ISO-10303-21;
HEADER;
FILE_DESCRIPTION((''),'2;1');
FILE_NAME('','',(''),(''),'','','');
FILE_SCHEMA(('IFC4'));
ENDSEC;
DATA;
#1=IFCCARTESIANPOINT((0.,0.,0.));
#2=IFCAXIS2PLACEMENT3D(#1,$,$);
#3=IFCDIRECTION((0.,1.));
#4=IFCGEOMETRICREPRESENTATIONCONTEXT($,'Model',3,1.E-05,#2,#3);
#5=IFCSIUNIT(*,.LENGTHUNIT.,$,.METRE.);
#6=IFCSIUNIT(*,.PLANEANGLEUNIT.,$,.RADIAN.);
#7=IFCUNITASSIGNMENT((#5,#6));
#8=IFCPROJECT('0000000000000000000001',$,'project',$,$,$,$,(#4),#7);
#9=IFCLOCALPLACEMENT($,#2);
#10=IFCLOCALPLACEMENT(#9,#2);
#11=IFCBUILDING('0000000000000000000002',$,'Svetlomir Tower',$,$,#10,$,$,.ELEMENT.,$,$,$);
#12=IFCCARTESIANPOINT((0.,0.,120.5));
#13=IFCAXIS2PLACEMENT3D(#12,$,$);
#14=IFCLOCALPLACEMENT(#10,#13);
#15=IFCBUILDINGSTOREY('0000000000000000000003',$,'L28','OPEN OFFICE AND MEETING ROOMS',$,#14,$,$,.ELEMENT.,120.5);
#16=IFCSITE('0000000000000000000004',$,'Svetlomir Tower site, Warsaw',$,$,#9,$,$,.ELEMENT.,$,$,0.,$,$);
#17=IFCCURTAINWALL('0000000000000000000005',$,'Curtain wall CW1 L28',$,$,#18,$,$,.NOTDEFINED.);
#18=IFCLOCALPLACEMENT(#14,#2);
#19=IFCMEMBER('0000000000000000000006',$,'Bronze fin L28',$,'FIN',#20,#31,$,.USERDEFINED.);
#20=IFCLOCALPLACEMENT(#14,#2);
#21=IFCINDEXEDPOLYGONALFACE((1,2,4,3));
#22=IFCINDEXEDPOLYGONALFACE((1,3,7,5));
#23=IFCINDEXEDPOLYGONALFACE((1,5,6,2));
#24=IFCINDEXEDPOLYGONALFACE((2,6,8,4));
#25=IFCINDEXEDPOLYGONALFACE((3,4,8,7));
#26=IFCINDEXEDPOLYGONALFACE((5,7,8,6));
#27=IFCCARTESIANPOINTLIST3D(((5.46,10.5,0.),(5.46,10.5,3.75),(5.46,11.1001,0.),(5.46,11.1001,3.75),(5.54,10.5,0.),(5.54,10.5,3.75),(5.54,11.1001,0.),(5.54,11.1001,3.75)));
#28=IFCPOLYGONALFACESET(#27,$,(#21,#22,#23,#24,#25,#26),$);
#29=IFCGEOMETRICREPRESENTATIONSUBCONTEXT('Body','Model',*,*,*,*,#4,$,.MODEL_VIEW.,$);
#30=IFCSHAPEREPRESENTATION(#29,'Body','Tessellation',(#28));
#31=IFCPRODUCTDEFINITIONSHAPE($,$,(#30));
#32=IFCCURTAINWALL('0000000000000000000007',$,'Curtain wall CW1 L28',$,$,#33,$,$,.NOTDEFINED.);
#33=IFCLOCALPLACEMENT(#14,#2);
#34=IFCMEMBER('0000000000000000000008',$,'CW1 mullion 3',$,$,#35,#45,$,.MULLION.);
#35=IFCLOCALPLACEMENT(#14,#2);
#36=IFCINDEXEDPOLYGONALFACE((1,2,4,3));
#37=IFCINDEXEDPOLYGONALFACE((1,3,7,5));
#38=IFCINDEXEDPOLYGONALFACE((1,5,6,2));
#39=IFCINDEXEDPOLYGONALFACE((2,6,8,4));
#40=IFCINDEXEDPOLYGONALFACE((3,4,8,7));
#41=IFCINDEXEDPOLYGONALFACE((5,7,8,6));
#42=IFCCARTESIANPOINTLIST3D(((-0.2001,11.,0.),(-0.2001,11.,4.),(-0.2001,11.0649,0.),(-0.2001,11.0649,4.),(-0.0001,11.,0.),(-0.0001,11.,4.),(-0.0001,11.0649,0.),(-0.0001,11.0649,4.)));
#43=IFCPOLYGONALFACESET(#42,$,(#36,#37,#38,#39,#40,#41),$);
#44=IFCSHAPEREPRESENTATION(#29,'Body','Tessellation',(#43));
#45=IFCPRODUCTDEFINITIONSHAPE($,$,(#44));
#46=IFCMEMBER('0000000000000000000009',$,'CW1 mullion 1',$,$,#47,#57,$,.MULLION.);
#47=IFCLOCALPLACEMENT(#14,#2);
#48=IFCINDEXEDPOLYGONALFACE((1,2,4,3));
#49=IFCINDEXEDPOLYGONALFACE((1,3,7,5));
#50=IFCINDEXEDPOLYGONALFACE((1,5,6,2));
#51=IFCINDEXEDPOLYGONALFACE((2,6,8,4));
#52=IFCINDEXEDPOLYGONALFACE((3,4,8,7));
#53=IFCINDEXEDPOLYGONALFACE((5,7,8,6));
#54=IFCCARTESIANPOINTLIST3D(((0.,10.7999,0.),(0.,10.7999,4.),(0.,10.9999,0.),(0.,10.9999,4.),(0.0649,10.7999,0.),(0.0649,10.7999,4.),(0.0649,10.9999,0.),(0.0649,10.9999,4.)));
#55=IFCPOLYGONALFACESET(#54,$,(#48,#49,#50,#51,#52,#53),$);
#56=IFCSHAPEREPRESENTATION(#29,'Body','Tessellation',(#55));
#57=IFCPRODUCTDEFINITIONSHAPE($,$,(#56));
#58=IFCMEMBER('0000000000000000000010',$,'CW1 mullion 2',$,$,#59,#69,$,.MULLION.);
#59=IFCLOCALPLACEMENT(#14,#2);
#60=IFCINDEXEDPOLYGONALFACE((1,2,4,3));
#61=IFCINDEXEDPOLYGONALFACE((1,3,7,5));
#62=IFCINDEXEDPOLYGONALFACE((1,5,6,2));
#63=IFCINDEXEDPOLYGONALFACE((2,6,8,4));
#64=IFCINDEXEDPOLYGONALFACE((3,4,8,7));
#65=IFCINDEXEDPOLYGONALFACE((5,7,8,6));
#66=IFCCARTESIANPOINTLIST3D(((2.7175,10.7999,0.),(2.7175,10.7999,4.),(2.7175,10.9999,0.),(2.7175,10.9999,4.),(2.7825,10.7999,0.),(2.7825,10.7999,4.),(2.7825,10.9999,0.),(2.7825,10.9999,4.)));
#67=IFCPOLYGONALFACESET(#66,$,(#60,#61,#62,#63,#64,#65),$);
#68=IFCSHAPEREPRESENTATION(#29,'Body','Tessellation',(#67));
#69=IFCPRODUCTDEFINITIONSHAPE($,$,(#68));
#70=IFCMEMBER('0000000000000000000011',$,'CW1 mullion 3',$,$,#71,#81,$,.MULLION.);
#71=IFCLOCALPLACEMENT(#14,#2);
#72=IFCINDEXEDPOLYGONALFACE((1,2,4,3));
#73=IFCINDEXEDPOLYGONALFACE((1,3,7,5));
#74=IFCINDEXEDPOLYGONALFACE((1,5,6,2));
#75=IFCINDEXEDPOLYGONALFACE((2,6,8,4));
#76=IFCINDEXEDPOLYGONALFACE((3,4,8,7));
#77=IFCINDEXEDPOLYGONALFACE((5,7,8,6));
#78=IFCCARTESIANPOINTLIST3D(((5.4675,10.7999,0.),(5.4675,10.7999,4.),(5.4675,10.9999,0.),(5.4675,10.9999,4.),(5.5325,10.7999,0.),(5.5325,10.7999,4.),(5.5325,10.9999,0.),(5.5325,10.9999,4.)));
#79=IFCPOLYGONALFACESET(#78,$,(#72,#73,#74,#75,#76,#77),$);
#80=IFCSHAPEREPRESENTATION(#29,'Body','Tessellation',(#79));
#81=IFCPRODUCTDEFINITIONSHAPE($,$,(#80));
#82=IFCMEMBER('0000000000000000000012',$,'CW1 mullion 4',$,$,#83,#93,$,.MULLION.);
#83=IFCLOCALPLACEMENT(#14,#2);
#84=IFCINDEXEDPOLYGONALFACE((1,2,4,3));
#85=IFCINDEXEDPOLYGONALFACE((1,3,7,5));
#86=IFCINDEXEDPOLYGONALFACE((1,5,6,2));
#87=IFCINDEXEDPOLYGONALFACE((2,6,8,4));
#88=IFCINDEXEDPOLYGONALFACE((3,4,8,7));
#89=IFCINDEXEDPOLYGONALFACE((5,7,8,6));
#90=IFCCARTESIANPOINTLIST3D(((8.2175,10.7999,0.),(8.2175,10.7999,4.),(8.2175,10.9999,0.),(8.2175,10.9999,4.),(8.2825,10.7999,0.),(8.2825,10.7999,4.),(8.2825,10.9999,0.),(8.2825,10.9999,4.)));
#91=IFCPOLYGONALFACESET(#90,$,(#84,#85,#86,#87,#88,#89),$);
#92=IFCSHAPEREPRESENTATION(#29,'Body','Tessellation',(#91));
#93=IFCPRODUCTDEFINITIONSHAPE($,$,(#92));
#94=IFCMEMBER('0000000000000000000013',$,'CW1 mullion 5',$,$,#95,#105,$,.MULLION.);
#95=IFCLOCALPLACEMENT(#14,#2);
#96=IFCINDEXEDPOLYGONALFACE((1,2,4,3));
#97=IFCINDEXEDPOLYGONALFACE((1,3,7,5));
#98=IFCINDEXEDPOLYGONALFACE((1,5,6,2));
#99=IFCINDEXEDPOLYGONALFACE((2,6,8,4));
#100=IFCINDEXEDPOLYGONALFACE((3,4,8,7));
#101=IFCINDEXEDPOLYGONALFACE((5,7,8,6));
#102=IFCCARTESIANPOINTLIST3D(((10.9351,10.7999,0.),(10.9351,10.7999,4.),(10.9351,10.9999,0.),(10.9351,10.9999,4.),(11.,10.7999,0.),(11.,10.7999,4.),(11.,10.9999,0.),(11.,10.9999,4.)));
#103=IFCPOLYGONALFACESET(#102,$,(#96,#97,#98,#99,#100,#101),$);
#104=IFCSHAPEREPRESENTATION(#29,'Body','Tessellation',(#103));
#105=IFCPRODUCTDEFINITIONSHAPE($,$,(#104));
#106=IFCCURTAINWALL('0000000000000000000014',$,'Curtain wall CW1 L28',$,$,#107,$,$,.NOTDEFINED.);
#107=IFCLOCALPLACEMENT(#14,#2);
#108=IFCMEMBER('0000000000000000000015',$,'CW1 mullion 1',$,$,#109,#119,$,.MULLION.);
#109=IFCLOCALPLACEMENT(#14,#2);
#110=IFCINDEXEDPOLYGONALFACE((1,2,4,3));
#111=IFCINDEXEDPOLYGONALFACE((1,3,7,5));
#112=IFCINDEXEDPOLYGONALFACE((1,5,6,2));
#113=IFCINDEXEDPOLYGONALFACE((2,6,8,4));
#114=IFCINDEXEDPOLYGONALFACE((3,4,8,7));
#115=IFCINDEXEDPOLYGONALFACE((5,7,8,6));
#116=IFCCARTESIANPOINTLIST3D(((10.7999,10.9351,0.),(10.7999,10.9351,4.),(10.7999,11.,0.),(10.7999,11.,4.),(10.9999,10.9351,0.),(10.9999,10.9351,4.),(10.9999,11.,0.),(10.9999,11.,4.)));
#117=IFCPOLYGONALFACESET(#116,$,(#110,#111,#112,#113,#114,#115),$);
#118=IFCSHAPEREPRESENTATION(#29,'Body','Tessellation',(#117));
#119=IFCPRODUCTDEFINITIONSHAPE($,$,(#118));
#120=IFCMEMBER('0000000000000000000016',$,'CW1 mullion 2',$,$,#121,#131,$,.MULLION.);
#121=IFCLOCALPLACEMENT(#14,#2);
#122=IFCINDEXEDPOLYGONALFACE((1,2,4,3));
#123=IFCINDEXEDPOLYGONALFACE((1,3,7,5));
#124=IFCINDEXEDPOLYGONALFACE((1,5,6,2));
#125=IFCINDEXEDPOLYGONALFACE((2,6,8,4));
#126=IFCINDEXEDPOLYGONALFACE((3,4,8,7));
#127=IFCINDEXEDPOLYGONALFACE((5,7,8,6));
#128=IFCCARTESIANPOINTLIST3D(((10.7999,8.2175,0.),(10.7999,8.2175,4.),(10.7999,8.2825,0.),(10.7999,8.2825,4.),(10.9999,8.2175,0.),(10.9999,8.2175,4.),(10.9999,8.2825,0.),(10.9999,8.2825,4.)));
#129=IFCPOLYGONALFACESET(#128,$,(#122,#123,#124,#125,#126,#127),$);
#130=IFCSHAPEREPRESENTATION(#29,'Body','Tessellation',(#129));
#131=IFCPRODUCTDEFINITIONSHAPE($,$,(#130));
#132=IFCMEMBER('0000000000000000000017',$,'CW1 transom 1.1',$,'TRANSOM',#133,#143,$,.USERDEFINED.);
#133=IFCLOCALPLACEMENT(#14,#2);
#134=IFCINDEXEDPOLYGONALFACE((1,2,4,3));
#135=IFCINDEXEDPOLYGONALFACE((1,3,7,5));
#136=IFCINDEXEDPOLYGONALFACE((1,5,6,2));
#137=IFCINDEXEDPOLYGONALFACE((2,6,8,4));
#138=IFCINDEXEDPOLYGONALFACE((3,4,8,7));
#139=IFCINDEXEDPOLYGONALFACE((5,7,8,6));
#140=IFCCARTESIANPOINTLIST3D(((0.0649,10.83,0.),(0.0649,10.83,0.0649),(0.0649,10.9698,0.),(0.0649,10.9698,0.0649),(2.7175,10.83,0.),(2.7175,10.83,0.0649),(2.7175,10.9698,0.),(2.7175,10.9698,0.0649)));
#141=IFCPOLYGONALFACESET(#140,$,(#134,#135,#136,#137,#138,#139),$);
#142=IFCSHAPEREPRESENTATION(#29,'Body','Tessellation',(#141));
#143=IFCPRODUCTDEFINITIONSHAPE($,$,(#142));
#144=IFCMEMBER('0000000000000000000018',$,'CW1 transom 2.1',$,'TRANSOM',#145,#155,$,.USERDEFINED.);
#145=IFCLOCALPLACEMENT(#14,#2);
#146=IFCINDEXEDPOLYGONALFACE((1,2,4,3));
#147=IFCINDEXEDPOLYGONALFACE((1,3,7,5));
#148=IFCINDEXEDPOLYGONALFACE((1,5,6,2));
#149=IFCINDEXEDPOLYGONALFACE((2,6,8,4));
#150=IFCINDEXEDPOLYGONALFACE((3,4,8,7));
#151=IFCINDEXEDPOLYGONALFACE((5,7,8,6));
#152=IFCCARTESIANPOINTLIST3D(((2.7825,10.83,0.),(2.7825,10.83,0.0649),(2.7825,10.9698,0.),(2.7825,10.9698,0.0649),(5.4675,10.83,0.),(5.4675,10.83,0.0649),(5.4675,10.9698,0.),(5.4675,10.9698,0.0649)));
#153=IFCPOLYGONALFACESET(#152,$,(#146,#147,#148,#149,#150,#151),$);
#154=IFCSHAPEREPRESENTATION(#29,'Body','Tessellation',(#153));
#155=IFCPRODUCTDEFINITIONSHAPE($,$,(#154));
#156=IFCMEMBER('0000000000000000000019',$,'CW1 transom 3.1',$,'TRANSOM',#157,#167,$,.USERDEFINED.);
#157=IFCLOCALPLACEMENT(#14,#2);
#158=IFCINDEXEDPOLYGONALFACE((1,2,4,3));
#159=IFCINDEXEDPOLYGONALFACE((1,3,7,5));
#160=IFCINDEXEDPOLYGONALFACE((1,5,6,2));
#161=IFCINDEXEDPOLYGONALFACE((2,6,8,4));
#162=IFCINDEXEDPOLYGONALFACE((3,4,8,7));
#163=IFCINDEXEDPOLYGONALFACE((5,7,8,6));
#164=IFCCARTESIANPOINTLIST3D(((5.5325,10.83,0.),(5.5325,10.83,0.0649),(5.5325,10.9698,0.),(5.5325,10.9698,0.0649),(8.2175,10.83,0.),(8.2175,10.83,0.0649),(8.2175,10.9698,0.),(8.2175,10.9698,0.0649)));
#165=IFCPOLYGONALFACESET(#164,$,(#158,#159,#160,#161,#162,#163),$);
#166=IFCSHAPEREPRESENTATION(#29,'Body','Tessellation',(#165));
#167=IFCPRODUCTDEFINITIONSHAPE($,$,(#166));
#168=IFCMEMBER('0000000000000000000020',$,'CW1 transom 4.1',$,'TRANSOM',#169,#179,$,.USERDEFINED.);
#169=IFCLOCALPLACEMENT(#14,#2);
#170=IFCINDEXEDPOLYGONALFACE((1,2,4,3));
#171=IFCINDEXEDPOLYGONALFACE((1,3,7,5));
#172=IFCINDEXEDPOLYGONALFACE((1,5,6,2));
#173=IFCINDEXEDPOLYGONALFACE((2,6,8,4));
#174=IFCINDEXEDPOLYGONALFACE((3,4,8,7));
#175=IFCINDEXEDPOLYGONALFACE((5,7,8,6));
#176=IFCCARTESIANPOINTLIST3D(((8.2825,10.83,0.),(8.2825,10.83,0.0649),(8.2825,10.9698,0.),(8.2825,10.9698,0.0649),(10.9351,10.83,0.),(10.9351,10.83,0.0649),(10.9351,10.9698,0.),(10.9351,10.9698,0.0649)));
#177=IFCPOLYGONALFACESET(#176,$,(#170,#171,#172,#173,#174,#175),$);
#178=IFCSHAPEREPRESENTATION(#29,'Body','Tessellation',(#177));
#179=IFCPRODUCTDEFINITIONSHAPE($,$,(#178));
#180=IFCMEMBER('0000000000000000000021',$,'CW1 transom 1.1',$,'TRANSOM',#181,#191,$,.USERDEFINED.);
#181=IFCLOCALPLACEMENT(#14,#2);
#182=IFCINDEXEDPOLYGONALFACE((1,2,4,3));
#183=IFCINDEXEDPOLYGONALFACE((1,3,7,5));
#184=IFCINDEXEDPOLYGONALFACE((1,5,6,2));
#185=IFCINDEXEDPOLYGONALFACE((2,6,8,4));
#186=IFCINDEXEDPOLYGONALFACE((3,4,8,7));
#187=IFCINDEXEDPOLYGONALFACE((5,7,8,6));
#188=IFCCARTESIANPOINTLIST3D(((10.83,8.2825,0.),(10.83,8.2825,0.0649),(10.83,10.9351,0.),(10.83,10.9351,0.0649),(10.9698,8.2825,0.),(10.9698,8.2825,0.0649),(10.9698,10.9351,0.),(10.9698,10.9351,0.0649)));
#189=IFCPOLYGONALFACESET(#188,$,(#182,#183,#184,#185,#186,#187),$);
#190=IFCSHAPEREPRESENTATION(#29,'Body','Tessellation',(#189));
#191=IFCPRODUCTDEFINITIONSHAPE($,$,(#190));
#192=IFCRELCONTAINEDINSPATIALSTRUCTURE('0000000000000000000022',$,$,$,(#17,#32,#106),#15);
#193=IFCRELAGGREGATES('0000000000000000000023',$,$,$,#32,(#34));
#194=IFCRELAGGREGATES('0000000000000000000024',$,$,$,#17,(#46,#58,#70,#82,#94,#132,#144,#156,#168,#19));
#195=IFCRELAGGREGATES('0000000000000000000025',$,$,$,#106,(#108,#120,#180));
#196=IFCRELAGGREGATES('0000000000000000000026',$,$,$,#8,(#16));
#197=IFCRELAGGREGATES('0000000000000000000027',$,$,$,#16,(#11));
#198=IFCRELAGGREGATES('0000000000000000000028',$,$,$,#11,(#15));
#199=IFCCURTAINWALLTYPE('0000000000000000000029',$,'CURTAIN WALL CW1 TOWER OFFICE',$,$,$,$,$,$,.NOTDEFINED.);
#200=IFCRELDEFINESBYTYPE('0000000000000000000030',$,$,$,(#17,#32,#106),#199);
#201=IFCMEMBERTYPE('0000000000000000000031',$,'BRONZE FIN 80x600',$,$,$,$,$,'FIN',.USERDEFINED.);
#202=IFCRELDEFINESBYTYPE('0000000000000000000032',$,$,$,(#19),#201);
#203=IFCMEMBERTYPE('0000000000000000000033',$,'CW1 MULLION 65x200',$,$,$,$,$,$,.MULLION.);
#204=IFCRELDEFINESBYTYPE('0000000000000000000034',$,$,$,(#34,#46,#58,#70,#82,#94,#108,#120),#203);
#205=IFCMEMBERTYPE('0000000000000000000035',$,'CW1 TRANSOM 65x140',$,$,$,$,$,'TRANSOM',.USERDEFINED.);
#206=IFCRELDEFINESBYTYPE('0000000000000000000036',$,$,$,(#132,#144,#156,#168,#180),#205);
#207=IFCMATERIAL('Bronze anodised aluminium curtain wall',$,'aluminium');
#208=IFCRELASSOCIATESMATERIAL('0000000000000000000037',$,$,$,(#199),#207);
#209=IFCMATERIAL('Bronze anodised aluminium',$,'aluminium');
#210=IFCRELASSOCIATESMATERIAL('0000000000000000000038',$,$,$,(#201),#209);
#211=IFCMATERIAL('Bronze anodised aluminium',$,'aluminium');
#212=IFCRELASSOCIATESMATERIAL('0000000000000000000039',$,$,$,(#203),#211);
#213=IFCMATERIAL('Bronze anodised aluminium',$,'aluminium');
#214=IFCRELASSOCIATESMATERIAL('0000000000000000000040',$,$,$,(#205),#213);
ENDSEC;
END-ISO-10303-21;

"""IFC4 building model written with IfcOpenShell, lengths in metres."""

from ifc_helpers import new_model, si_unit, direction, frame, origin, origin_2d, place, context, subcontext, project, spatial, rectangle, extrude, material, material_profile, profile_set, type_object, element, aggregate, save


model = new_model("IFC4")

# Units and contexts
model_context = context("Model", 3, precision=1e-05, world=origin(), true_north=direction((0.0, 1.0)))
body_context = subcontext(model_context, "Body", "Model", "MODEL_VIEW")
ifc_project = project(units=[si_unit("LENGTHUNIT", "METRE"), si_unit("PLANEANGLEUNIT", "RADIAN")], contexts=[model_context])

# Site, building, storey
site_placement = place(None, origin())
site = spatial("IfcSite", under=ifc_project, at=site_placement, Name="Svetlomir Tower site, Warsaw", CompositionType="ELEMENT", RefElevation=0.0)
building_placement = place(site_placement, origin())
building = spatial("IfcBuilding", under=site, at=building_placement, Name="Svetlomir Tower", CompositionType="ELEMENT")
storey_placement = place(building_placement, frame((0.0, 0.0, 120.5)))
storey = spatial("IfcBuildingStorey", under=building, at=storey_placement, Name="L28", Description="OPEN OFFICE AND MEETING ROOMS", CompositionType="ELEMENT", Elevation=120.5)

# Curtain walls, members
ifc_material_1 = material(Name="Bronze anodised aluminium curtain wall", Category="aluminium")
curtain_wall_type = type_object("IfcCurtainWallType", Name="CURTAIN WALL CW1 TOWER OFFICE", PredefinedType="NOTDEFINED", material=ifc_material_1)
curtain_wall_1_placement = place(storey_placement, origin())
curtain_wall_1 = element("IfcCurtainWall", 1, at=curtain_wall_1_placement, inside=storey, type_object=curtain_wall_type, Name="Curtain wall CW1 L28", PredefinedType="NOTDEFINED")
ifc_material_2 = material(Name="Bronze anodised aluminium", Category="aluminium")
ifc_material_profile_1 = material_profile(ifc_material_2, rectangle(XDim=0.0801, YDim=0.6001, at=origin_2d()), Name="FIN 80x600")
ifc_profile_set_1 = profile_set([ifc_material_profile_1], Name="Bronze anodised aluminium 6063-T6")
member_type_1 = type_object("IfcMemberType", Name="BRONZE FIN 80x600", ElementType="FIN", PredefinedType="USERDEFINED", material=ifc_profile_set_1)
member_1_placement = place(storey_placement, frame((5.5, 10.8, 0.0), z_axis=(0.0, 0.0, 1.0), x_axis=(1.0, 0.0, 0.0)))
member_1 = element("IfcMember", 2, at=member_1_placement, type_object=member_type_1, Name="Bronze fin L28", ObjectType="FIN", PredefinedType="USERDEFINED", context=body_context, shape_type="SweptSolid", body=[
    extrude(rectangle(XDim=0.0801, YDim=0.6001, at=origin_2d()), origin(), (0.0, 0.0, 1.0), 3.75),
])
curtain_wall_2_placement = place(storey_placement, origin())
curtain_wall_2 = element("IfcCurtainWall", 3, at=curtain_wall_2_placement, inside=storey, type_object=curtain_wall_type, Name="Curtain wall CW1 L28", PredefinedType="NOTDEFINED")
ifc_material_3 = material(Name="Bronze anodised aluminium", Category="aluminium")
ifc_material_profile_2 = material_profile(ifc_material_3, rectangle(XDim=0.0649, YDim=0.2, at=origin_2d()), Name="AL 65x200")
ifc_profile_set_2 = profile_set([ifc_material_profile_2], Name="Bronze anodised aluminium 6063-T6")
member_type_2 = type_object("IfcMemberType", Name="CW1 MULLION 65x200", PredefinedType="MULLION", material=ifc_profile_set_2)
member_2_placement = place(storey_placement, frame((-0.1001, 11.0325, 0.0), z_axis=(0.0, 0.0, 1.0), x_axis=(0.0, -1.0, 0.0)))
member_2 = element("IfcMember", 4, at=member_2_placement, type_object=member_type_2, Name="CW1 mullion 3", PredefinedType="MULLION", context=body_context, shape_type="SweptSolid", body=[
    extrude(rectangle(XDim=0.0649, YDim=0.2, at=origin_2d()), origin(), (0.0, 0.0, 1.0), 4.0),
])

# Members
member_3_placement = place(storey_placement, frame((0.0325, 10.8999, 0.0), z_axis=(0.0, 0.0, 1.0), x_axis=(1.0, 0.0, 0.0)))
member_3 = element("IfcMember", 5, at=member_3_placement, type_object=member_type_2, Name="CW1 mullion 1", PredefinedType="MULLION", context=body_context, shape_type="SweptSolid", body=[
    extrude(rectangle(XDim=0.0649, YDim=0.2, at=origin_2d()), origin(), (0.0, 0.0, 1.0), 4.0),
])
member_4_placement = place(storey_placement, frame((2.75, 10.8999, 0.0), z_axis=(0.0, 0.0, 1.0), x_axis=(1.0, 0.0, 0.0)))
member_4 = element("IfcMember", 6, at=member_4_placement, type_object=member_type_2, Name="CW1 mullion 2", PredefinedType="MULLION", context=body_context, shape_type="SweptSolid", body=[
    extrude(rectangle(XDim=0.0649, YDim=0.2, at=origin_2d()), origin(), (0.0, 0.0, 1.0), 4.0),
])
member_5_placement = place(storey_placement, frame((5.5, 10.8999, 0.0), z_axis=(0.0, 0.0, 1.0), x_axis=(1.0, 0.0, 0.0)))
member_5 = element("IfcMember", 7, at=member_5_placement, type_object=member_type_2, Name="CW1 mullion 3", PredefinedType="MULLION", context=body_context, shape_type="SweptSolid", body=[
    extrude(rectangle(XDim=0.0649, YDim=0.2, at=origin_2d()), origin(), (0.0, 0.0, 1.0), 4.0),
])
member_6_placement = place(storey_placement, frame((8.25, 10.8999, 0.0), z_axis=(0.0, 0.0, 1.0), x_axis=(1.0, 0.0, 0.0)))
member_6 = element("IfcMember", 8, at=member_6_placement, type_object=member_type_2, Name="CW1 mullion 4", PredefinedType="MULLION", context=body_context, shape_type="SweptSolid", body=[
    extrude(rectangle(XDim=0.0649, YDim=0.2, at=origin_2d()), origin(), (0.0, 0.0, 1.0), 4.0),
])
member_7_placement = place(storey_placement, frame((10.9675, 10.8999, 0.0), z_axis=(0.0, 0.0, 1.0), x_axis=(1.0, 0.0, 0.0)))
member_7 = element("IfcMember", 9, at=member_7_placement, type_object=member_type_2, Name="CW1 mullion 5", PredefinedType="MULLION", context=body_context, shape_type="SweptSolid", body=[
    extrude(rectangle(XDim=0.0649, YDim=0.2, at=origin_2d()), origin(), (0.0, 0.0, 1.0), 4.0),
])

# Curtain wall, members
curtain_wall_3_placement = place(storey_placement, origin())
curtain_wall_3 = element("IfcCurtainWall", 10, at=curtain_wall_3_placement, inside=storey, type_object=curtain_wall_type, Name="Curtain wall CW1 L28", PredefinedType="NOTDEFINED")
member_8_placement = place(storey_placement, frame((10.8999, 10.9675, 0.0), z_axis=(0.0, 0.0, 1.0), x_axis=(0.0, -1.0, 0.0)))
member_8 = element("IfcMember", 11, at=member_8_placement, type_object=member_type_2, Name="CW1 mullion 1", PredefinedType="MULLION", context=body_context, shape_type="SweptSolid", body=[
    extrude(rectangle(XDim=0.0649, YDim=0.2, at=origin_2d()), origin(), (0.0, 0.0, 1.0), 4.0),
])
member_9_placement = place(storey_placement, frame((10.8999, 8.25, 0.0), z_axis=(0.0, 0.0, 1.0), x_axis=(0.0, -1.0, 0.0)))
member_9 = element("IfcMember", 12, at=member_9_placement, type_object=member_type_2, Name="CW1 mullion 2", PredefinedType="MULLION", context=body_context, shape_type="SweptSolid", body=[
    extrude(rectangle(XDim=0.0649, YDim=0.2, at=origin_2d()), origin(), (0.0, 0.0, 1.0), 4.0),
])

# Members
ifc_material_4 = material(Name="Bronze anodised aluminium", Category="aluminium")
ifc_material_profile_3 = material_profile(ifc_material_4, rectangle(XDim=0.1399, YDim=0.0649, at=origin_2d()), Name="AL 140x65")
ifc_profile_set_3 = profile_set([ifc_material_profile_3], Name="Bronze anodised aluminium 6063-T6")
member_type_3 = type_object("IfcMemberType", Name="CW1 TRANSOM 65x140", ElementType="TRANSOM", PredefinedType="USERDEFINED", material=ifc_profile_set_3)
member_10_placement = place(storey_placement, frame((0.0649, 10.8999, 0.0325), z_axis=(1.0, 0.0, 0.0), x_axis=(0.0, 1.0, 0.0)))
member_10 = element("IfcMember", 13, at=member_10_placement, type_object=member_type_3, Name="CW1 transom 1.1", ObjectType="TRANSOM", PredefinedType="USERDEFINED", context=body_context, shape_type="SweptSolid", body=[
    extrude(rectangle(XDim=0.1399, YDim=0.0649, at=origin_2d()), origin(), (0.0, 0.0, 1.0), 2.6526),
])
member_11_placement = place(storey_placement, frame((2.7825, 10.8999, 0.0325), z_axis=(1.0, 0.0, 0.0), x_axis=(0.0, 1.0, 0.0)))
member_11 = element("IfcMember", 14, at=member_11_placement, type_object=member_type_3, Name="CW1 transom 2.1", ObjectType="TRANSOM", PredefinedType="USERDEFINED", context=body_context, shape_type="SweptSolid", body=[
    extrude(rectangle(XDim=0.1399, YDim=0.0649, at=origin_2d()), origin(), (0.0, 0.0, 1.0), 2.6851),
])
member_12_placement = place(storey_placement, frame((5.5325, 10.8999, 0.0325), z_axis=(1.0, 0.0, 0.0), x_axis=(0.0, 1.0, 0.0)))
member_12 = element("IfcMember", 15, at=member_12_placement, type_object=member_type_3, Name="CW1 transom 3.1", ObjectType="TRANSOM", PredefinedType="USERDEFINED", context=body_context, shape_type="SweptSolid", body=[
    extrude(rectangle(XDim=0.1399, YDim=0.0649, at=origin_2d()), origin(), (0.0, 0.0, 1.0), 2.6851),
])
member_13_placement = place(storey_placement, frame((8.2825, 10.8999, 0.0325), z_axis=(1.0, 0.0, 0.0), x_axis=(0.0, 1.0, 0.0)))
member_13 = element("IfcMember", 16, at=member_13_placement, type_object=member_type_3, Name="CW1 transom 4.1", ObjectType="TRANSOM", PredefinedType="USERDEFINED", context=body_context, shape_type="SweptSolid", body=[
    extrude(rectangle(XDim=0.1399, YDim=0.0649, at=origin_2d()), origin(), (0.0, 0.0, 1.0), 2.6526),
])
member_14_placement = place(storey_placement, frame((10.8999, 10.9351, 0.0325), z_axis=(0.0, -1.0, 0.0), x_axis=(1.0, 0.0, 0.0)))
member_14 = element("IfcMember", 17, at=member_14_placement, type_object=member_type_3, Name="CW1 transom 1.1", ObjectType="TRANSOM", PredefinedType="USERDEFINED", context=body_context, shape_type="SweptSolid", body=[
    extrude(rectangle(XDim=0.1399, YDim=0.0649, at=origin_2d()), origin(), (0.0, 0.0, 1.0), 2.6526),
])

aggregate(curtain_wall_2, [member_2])
aggregate(curtain_wall_1, [member_3, member_4, member_5, member_6, member_7, member_10, member_11, member_12, member_13, member_1])
aggregate(curtain_wall_3, [member_8, member_9, member_14])

save(model, "model.ifc")
